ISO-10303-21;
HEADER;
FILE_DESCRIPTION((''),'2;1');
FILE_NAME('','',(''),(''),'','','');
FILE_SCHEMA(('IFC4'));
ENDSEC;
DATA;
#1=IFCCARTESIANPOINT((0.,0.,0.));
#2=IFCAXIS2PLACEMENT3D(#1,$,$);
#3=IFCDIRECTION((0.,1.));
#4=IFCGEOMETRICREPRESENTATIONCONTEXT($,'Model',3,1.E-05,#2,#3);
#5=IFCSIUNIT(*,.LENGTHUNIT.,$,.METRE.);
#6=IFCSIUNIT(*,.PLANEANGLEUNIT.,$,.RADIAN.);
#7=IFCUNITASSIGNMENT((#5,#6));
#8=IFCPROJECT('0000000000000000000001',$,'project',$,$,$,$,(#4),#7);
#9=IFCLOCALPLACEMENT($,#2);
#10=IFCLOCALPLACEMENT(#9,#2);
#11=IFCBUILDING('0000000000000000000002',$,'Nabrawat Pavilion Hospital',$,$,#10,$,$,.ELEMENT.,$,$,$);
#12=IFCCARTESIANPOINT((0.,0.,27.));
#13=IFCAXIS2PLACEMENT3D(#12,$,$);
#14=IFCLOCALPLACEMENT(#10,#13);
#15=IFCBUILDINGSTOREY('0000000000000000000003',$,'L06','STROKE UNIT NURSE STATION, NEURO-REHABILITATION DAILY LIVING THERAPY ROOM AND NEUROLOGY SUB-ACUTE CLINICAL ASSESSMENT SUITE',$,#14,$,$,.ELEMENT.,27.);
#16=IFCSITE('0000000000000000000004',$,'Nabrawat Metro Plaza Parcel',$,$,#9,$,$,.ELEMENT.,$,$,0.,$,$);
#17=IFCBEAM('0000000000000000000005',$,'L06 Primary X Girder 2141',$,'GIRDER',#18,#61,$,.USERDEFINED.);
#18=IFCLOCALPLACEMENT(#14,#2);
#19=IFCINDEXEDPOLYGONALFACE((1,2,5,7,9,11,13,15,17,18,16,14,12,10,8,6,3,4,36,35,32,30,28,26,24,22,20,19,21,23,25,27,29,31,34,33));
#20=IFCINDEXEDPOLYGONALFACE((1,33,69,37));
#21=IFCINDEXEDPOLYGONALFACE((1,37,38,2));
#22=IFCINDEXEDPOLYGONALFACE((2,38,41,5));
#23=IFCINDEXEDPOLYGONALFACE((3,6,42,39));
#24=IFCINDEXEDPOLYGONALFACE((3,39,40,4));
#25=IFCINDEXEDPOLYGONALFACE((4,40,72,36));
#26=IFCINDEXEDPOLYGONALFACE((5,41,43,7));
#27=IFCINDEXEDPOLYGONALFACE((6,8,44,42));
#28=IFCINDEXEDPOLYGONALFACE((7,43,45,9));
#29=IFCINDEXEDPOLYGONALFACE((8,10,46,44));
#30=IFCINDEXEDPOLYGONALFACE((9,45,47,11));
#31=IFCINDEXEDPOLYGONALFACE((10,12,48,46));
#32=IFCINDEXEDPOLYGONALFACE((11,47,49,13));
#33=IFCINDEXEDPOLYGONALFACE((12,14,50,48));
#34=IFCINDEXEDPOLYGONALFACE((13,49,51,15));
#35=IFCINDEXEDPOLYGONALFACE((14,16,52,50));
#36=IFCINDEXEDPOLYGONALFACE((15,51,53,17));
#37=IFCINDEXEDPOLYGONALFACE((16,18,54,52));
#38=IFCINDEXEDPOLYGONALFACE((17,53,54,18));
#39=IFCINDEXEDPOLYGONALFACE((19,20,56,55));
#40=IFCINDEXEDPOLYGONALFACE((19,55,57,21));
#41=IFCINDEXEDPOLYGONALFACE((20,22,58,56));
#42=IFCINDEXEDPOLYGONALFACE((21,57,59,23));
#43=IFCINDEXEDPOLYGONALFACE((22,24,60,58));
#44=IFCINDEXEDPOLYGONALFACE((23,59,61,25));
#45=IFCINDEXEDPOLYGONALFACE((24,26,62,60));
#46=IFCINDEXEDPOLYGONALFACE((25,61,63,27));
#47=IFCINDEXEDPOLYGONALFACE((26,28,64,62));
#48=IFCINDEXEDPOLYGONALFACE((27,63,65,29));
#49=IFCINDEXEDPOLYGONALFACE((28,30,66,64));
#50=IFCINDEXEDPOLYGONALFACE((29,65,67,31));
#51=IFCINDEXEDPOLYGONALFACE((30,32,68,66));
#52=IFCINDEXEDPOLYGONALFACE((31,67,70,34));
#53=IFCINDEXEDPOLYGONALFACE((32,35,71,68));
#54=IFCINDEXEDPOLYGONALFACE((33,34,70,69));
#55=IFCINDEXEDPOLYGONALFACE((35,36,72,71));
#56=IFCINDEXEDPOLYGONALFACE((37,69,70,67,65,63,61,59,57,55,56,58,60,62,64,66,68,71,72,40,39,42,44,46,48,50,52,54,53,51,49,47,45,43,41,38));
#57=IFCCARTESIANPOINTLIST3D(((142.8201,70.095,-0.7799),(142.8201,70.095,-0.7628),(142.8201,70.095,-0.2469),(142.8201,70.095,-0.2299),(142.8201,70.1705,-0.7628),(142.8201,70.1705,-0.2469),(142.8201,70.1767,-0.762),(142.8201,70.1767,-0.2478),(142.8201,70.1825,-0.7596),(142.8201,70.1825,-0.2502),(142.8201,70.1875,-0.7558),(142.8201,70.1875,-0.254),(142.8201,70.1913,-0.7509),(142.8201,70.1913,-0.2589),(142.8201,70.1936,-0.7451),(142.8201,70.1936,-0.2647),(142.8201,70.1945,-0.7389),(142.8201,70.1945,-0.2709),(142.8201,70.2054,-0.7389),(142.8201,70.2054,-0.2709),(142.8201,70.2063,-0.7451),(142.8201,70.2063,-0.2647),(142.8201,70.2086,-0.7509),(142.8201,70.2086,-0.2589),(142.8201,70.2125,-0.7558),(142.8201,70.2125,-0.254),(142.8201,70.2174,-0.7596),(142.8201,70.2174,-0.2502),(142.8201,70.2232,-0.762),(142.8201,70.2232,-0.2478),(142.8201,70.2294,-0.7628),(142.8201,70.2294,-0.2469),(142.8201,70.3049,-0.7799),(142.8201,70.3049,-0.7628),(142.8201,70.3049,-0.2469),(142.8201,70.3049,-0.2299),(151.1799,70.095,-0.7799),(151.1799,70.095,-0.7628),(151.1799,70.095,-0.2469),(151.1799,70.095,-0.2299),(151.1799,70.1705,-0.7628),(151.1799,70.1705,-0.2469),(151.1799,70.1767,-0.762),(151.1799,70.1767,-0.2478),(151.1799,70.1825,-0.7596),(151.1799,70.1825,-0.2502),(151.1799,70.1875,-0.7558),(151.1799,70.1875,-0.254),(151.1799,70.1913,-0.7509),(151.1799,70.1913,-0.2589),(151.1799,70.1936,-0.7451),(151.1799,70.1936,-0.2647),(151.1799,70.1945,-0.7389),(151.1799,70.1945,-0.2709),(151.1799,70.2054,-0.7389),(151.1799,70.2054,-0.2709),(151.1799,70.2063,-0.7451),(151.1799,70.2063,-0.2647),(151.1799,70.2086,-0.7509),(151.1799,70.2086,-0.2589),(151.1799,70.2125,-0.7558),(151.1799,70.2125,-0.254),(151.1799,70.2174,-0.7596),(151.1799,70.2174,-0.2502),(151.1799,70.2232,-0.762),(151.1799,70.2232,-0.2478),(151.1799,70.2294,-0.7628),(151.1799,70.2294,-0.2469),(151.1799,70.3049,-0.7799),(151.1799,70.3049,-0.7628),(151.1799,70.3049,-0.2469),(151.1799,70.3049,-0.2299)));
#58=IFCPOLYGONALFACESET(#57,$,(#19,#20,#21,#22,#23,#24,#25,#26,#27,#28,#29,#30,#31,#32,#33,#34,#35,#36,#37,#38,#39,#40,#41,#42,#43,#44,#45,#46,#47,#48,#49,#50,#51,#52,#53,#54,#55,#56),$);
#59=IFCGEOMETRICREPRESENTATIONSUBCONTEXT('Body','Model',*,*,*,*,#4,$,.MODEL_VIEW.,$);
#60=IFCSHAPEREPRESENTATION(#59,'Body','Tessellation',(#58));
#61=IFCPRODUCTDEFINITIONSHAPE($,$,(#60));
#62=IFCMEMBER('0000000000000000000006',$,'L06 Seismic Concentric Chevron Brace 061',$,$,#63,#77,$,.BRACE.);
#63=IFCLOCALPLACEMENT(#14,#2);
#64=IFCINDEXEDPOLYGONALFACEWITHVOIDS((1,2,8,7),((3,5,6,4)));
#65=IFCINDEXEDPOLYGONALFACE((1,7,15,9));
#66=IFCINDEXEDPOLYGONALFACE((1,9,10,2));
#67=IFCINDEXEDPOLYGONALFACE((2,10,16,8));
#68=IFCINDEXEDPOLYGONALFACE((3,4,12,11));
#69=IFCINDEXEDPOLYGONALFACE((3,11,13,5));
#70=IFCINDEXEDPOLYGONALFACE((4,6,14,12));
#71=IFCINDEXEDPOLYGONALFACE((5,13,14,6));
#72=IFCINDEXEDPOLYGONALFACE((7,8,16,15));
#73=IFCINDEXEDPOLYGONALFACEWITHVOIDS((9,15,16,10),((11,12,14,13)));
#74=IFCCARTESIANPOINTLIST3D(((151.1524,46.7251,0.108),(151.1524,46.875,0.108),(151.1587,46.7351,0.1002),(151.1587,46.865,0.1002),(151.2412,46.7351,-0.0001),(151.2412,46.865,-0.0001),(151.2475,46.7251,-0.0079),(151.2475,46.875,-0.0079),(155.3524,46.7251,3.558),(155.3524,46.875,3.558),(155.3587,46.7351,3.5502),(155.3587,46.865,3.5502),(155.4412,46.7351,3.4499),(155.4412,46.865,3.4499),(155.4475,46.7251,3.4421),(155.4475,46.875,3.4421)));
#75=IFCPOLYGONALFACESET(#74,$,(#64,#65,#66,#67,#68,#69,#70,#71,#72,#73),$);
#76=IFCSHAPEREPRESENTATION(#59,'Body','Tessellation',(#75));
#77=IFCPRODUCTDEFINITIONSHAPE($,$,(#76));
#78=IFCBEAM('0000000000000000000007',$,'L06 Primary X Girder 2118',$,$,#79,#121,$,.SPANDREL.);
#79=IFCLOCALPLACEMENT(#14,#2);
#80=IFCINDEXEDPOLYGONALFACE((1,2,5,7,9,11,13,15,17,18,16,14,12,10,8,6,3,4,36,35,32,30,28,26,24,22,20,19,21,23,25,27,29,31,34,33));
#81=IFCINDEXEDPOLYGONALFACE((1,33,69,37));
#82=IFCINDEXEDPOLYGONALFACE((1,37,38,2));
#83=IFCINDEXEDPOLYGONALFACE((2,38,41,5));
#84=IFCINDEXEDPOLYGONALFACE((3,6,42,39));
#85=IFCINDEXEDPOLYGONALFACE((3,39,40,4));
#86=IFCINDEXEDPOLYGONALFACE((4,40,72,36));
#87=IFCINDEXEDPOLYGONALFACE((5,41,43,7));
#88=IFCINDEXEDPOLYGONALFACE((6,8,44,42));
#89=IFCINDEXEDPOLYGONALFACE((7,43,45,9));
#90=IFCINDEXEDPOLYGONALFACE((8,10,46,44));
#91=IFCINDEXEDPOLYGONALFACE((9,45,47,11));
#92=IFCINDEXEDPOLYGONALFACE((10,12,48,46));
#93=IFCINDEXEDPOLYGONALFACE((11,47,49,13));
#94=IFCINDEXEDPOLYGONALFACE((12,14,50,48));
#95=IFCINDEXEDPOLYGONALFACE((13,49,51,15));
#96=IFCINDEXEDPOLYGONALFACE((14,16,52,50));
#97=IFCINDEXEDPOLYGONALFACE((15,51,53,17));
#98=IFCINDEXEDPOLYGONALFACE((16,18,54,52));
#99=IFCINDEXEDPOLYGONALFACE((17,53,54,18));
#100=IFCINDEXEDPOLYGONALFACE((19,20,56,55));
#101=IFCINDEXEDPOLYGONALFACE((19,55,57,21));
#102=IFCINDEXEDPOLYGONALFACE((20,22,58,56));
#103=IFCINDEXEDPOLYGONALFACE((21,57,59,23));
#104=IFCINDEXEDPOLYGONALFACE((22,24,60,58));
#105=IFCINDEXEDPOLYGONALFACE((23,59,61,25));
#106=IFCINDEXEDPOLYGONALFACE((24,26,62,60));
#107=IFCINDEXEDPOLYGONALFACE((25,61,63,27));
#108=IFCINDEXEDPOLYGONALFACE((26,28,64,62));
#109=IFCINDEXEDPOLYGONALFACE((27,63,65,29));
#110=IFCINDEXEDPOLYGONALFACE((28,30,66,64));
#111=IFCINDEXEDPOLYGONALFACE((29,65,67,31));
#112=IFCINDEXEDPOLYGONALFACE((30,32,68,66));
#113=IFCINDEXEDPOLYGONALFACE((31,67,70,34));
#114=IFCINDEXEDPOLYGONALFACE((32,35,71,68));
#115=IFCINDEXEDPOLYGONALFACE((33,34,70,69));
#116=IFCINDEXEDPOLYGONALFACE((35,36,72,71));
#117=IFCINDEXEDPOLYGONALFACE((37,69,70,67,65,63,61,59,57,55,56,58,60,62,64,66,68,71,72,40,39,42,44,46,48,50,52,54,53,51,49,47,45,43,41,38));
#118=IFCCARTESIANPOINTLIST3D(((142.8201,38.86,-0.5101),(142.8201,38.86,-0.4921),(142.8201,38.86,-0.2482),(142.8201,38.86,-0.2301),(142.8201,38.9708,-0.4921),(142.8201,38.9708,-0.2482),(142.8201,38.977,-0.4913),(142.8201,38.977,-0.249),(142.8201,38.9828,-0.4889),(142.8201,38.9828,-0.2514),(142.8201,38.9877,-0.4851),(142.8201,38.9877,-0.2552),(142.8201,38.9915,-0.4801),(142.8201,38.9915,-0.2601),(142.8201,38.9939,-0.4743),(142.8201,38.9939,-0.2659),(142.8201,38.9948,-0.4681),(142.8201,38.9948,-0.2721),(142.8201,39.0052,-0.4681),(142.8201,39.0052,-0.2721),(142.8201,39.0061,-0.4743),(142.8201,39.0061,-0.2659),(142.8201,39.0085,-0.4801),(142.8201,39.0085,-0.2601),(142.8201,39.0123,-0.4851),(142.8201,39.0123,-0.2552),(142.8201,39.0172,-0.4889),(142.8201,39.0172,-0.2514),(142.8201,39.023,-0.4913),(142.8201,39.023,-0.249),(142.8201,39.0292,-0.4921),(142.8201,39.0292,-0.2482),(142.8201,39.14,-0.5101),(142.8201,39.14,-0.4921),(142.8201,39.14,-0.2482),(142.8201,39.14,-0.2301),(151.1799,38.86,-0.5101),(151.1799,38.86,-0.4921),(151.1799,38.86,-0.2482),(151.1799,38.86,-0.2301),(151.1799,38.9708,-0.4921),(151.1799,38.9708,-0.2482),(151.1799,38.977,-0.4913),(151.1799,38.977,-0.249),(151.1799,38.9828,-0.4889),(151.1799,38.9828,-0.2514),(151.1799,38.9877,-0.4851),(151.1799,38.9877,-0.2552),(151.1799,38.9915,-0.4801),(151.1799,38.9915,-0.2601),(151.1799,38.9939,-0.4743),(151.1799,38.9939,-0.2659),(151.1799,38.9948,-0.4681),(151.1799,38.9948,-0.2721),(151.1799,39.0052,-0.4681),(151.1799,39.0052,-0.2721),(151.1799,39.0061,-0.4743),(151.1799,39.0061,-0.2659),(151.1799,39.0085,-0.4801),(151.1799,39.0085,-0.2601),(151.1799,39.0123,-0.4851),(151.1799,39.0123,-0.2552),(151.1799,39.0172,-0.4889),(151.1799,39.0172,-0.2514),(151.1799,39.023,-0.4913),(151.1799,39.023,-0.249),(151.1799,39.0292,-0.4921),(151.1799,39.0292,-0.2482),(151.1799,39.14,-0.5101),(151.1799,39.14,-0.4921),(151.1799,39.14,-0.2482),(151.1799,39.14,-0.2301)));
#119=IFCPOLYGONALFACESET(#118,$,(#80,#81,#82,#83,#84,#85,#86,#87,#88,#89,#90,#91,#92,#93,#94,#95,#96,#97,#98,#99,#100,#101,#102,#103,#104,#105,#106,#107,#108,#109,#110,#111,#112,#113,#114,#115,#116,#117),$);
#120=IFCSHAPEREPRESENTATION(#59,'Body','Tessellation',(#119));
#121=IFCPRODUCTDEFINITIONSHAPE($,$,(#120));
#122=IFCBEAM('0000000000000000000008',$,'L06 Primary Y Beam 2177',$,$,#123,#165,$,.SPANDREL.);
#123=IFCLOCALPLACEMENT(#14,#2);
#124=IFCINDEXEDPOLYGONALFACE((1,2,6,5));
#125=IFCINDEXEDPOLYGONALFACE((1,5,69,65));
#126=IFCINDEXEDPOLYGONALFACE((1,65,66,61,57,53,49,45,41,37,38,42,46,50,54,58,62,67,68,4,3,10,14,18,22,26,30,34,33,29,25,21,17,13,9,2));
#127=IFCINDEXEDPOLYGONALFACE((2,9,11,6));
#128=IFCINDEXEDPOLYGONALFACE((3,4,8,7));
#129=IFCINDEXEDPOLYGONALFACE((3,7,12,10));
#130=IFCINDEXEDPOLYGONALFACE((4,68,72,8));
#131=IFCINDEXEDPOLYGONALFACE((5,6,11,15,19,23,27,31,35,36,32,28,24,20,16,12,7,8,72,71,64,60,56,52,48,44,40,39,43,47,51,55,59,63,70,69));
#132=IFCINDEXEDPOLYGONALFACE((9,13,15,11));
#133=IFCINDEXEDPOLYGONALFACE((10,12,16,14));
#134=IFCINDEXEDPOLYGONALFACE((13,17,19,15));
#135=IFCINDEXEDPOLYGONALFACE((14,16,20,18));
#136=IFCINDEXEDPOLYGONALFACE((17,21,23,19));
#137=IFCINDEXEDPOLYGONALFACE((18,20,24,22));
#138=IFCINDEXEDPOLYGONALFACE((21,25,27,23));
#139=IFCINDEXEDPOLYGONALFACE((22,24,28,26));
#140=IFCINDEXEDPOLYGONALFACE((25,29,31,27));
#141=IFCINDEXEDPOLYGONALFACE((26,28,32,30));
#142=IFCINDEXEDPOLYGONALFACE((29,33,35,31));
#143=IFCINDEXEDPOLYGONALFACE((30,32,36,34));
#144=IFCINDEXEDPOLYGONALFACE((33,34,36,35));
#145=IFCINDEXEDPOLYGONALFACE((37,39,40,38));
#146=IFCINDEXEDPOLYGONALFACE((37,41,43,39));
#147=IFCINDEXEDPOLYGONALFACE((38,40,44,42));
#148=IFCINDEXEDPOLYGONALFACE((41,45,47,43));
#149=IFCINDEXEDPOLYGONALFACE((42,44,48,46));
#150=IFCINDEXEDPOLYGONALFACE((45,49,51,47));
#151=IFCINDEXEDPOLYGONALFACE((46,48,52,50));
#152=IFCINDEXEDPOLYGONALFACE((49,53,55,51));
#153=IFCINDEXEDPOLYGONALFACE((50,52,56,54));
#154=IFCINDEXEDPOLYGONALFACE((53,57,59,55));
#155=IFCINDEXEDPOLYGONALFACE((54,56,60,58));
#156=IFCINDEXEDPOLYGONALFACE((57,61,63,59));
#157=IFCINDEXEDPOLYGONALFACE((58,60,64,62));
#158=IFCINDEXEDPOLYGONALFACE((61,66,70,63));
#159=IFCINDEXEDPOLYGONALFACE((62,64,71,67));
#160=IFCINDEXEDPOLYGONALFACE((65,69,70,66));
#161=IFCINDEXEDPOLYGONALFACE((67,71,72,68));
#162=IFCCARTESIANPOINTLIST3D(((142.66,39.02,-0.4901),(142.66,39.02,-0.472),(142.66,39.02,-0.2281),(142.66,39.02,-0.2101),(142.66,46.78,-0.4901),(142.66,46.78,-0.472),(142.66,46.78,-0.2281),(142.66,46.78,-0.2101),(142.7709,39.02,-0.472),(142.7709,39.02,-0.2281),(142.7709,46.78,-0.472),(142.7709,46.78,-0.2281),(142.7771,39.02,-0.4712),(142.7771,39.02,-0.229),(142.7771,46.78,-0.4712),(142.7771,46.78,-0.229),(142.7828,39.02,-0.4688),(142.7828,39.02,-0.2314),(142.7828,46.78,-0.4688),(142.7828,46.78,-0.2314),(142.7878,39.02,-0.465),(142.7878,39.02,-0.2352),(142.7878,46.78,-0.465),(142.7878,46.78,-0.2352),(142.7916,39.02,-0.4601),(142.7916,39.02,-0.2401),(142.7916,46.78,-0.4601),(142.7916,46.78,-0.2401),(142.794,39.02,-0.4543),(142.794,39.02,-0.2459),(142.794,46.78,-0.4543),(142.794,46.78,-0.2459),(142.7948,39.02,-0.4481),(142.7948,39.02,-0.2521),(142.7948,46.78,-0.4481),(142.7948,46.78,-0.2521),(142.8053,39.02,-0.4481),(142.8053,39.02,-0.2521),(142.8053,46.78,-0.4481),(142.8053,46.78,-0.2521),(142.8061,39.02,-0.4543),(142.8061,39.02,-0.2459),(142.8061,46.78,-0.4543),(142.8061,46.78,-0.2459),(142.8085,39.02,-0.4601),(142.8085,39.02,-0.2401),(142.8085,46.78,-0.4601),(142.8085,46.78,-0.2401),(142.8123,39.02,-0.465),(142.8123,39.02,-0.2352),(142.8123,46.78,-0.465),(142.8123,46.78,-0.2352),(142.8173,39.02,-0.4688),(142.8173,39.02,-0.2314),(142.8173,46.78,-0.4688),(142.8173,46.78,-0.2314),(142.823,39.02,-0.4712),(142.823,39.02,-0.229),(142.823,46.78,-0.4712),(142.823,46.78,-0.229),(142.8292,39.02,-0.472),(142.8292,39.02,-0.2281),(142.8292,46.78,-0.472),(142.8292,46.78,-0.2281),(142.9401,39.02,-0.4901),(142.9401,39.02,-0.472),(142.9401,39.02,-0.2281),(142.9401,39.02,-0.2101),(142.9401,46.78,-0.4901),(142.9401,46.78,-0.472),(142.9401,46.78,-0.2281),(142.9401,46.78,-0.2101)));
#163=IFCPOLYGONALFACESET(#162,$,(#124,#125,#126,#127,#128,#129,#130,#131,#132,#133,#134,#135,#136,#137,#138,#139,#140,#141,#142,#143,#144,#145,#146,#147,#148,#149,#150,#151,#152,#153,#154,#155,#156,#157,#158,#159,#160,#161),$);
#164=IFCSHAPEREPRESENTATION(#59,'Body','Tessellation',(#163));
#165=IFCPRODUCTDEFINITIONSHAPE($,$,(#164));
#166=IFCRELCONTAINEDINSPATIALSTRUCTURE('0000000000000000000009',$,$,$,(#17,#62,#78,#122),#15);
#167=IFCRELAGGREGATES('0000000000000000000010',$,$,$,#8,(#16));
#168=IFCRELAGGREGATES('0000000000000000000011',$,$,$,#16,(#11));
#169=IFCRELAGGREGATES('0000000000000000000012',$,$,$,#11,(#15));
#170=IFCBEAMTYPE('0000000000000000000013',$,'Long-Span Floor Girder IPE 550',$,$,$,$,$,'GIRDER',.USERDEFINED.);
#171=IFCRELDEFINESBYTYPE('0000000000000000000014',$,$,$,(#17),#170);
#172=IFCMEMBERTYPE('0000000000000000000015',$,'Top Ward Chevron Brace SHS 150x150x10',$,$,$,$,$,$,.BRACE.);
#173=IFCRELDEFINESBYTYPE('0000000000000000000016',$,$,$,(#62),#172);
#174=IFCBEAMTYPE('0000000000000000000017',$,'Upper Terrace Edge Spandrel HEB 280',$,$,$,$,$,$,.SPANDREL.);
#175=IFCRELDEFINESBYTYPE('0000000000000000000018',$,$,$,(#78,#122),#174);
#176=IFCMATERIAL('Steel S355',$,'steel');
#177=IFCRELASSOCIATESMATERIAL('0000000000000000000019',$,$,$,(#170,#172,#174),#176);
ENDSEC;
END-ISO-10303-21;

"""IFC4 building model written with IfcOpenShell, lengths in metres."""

from ifc_helpers import new_model, si_unit, direction, frame, origin, origin_2d, place, context, subcontext, project, spatial, hollow_rectangle, i_section, extrude, material, material_profile, profile_set, type_object, element, save


model = new_model("IFC4")

# Units and contexts
model_context = context("Model", 3, precision=1e-05, world=origin(), true_north=direction((0.0, 1.0)))
body_context = subcontext(model_context, "Body", "Model", "MODEL_VIEW")
ifc_project = project(units=[si_unit("LENGTHUNIT", "METRE"), si_unit("PLANEANGLEUNIT", "RADIAN")], contexts=[model_context])

# Site, building, storey
site_placement = place(None, origin())
site = spatial("IfcSite", under=ifc_project, at=site_placement, Name="Nabrawat Metro Plaza Parcel", CompositionType="ELEMENT", RefElevation=0.0)
building_placement = place(site_placement, origin())
building = spatial("IfcBuilding", under=site, at=building_placement, Name="Nabrawat Pavilion Hospital", CompositionType="ELEMENT")
storey_placement = place(building_placement, frame((0.0, 0.0, 27.0)))
storey = spatial("IfcBuildingStorey", under=building, at=storey_placement, Name="L06", Description="STROKE UNIT NURSE STATION, NEURO-REHABILITATION DAILY LIVING THERAPY ROOM AND NEUROLOGY SUB-ACUTE CLINICAL ASSESSMENT SUITE", CompositionType="ELEMENT", Elevation=27.0)

# Beam
ifc_material_1 = material(Name="Steel S355", Category="steel")
ifc_material_profile_1 = material_profile(ifc_material_1, i_section(OverallWidth=0.21, OverallDepth=0.55, WebThickness=0.011, FlangeThickness=0.0171, FilletRadius=0.0239, at=origin_2d()), Name="IPE 550")
ifc_profile_set_1 = profile_set([ifc_material_profile_1], Name="Steel S355")
beam_type_1 = type_object("IfcBeamType", Name="Long-Span Floor Girder IPE 550", ElementType="GIRDER", PredefinedType="USERDEFINED", material=ifc_profile_set_1)
for number, where, z_axis, x_axis, name in (
    (1, (142.8201, 70.2, -0.5049), (1.0, 0.0, 0.0), (0.0, 1.0, 0.0), "L06 Primary X Girder 2141"),
):
    element("IfcBeam", number, at=place(storey_placement, frame(where, z_axis=z_axis, x_axis=x_axis)), inside=storey, type_object=beam_type_1, Name=name, ObjectType="GIRDER", PredefinedType="USERDEFINED", context=body_context, shape_type="SweptSolid", body=[
        extrude(i_section(OverallWidth=0.21, OverallDepth=0.55, WebThickness=0.011, FlangeThickness=0.0171, FilletRadius=0.0239, at=origin_2d()), origin(), (0.0, 0.0, 1.0), 8.3599),
    ])

# Member
ifc_material_profile_2 = material_profile(ifc_material_1, hollow_rectangle(XDim=0.1499, YDim=0.1499, WallThickness=0.01, at=origin_2d()), Name="SHS 150x150x10")
ifc_profile_set_2 = profile_set([ifc_material_profile_2], Name="Steel S355")
member_type = type_object("IfcMemberType", Name="Top Ward Chevron Brace SHS 150x150x10", PredefinedType="BRACE", material=ifc_profile_set_2)
member_placement = place(storey_placement, frame((151.2, 46.8, 0.05), z_axis=(0.772727, 0.0, 0.634738), x_axis=(0.0, 1.0, 0.0)))
element("IfcMember", 2, at=member_placement, inside=storey, type_object=member_type, Name="L06 Seismic Concentric Chevron Brace 061", PredefinedType="BRACE", context=body_context, shape_type="SweptSolid", body=[
    extrude(hollow_rectangle(XDim=0.1499, YDim=0.1499, WallThickness=0.01, at=origin_2d()), origin(), (0.0, 0.0, 1.0), 5.4353),
])

# Beams
ifc_material_profile_3 = material_profile(ifc_material_1, i_section(OverallWidth=0.28, OverallDepth=0.28, WebThickness=0.0105, FlangeThickness=0.0181, FilletRadius=0.0239, at=origin_2d()), Name="HEB 280")
ifc_profile_set_3 = profile_set([ifc_material_profile_3], Name="Steel S355")
beam_type_2 = type_object("IfcBeamType", Name="Upper Terrace Edge Spandrel HEB 280", PredefinedType="SPANDREL", material=ifc_profile_set_3)
beam_1_placement = place(storey_placement, frame((142.8201, 39.0, -0.3701), z_axis=(1.0, 0.0, 0.0), x_axis=(0.0, 1.0, 0.0)))
element("IfcBeam", 3, at=beam_1_placement, inside=storey, type_object=beam_type_2, Name="L06 Primary X Girder 2118", PredefinedType="SPANDREL", context=body_context, shape_type="SweptSolid", body=[
    extrude(i_section(OverallWidth=0.28, OverallDepth=0.28, WebThickness=0.0105, FlangeThickness=0.0181, FilletRadius=0.0239, at=origin_2d()), origin(), (0.0, 0.0, 1.0), 8.3599),
])
for number, where, z_axis, x_axis, name in (
    (4, (142.8, 39.02, -0.3501), (0.0, 1.0, 0.0), (-1.0, 0.0, 0.0), "L06 Primary Y Beam 2177"),
):
    element("IfcBeam", number, at=place(storey_placement, frame(where, z_axis=z_axis, x_axis=x_axis)), inside=storey, type_object=beam_type_2, Name=name, PredefinedType="SPANDREL", context=body_context, shape_type="SweptSolid", body=[
        extrude(i_section(OverallWidth=0.28, OverallDepth=0.28, WebThickness=0.0105, FlangeThickness=0.0181, FilletRadius=0.0239, at=origin_2d()), origin(), (0.0, 0.0, 1.0), 7.76),
    ])

save(model, "model.ifc")
